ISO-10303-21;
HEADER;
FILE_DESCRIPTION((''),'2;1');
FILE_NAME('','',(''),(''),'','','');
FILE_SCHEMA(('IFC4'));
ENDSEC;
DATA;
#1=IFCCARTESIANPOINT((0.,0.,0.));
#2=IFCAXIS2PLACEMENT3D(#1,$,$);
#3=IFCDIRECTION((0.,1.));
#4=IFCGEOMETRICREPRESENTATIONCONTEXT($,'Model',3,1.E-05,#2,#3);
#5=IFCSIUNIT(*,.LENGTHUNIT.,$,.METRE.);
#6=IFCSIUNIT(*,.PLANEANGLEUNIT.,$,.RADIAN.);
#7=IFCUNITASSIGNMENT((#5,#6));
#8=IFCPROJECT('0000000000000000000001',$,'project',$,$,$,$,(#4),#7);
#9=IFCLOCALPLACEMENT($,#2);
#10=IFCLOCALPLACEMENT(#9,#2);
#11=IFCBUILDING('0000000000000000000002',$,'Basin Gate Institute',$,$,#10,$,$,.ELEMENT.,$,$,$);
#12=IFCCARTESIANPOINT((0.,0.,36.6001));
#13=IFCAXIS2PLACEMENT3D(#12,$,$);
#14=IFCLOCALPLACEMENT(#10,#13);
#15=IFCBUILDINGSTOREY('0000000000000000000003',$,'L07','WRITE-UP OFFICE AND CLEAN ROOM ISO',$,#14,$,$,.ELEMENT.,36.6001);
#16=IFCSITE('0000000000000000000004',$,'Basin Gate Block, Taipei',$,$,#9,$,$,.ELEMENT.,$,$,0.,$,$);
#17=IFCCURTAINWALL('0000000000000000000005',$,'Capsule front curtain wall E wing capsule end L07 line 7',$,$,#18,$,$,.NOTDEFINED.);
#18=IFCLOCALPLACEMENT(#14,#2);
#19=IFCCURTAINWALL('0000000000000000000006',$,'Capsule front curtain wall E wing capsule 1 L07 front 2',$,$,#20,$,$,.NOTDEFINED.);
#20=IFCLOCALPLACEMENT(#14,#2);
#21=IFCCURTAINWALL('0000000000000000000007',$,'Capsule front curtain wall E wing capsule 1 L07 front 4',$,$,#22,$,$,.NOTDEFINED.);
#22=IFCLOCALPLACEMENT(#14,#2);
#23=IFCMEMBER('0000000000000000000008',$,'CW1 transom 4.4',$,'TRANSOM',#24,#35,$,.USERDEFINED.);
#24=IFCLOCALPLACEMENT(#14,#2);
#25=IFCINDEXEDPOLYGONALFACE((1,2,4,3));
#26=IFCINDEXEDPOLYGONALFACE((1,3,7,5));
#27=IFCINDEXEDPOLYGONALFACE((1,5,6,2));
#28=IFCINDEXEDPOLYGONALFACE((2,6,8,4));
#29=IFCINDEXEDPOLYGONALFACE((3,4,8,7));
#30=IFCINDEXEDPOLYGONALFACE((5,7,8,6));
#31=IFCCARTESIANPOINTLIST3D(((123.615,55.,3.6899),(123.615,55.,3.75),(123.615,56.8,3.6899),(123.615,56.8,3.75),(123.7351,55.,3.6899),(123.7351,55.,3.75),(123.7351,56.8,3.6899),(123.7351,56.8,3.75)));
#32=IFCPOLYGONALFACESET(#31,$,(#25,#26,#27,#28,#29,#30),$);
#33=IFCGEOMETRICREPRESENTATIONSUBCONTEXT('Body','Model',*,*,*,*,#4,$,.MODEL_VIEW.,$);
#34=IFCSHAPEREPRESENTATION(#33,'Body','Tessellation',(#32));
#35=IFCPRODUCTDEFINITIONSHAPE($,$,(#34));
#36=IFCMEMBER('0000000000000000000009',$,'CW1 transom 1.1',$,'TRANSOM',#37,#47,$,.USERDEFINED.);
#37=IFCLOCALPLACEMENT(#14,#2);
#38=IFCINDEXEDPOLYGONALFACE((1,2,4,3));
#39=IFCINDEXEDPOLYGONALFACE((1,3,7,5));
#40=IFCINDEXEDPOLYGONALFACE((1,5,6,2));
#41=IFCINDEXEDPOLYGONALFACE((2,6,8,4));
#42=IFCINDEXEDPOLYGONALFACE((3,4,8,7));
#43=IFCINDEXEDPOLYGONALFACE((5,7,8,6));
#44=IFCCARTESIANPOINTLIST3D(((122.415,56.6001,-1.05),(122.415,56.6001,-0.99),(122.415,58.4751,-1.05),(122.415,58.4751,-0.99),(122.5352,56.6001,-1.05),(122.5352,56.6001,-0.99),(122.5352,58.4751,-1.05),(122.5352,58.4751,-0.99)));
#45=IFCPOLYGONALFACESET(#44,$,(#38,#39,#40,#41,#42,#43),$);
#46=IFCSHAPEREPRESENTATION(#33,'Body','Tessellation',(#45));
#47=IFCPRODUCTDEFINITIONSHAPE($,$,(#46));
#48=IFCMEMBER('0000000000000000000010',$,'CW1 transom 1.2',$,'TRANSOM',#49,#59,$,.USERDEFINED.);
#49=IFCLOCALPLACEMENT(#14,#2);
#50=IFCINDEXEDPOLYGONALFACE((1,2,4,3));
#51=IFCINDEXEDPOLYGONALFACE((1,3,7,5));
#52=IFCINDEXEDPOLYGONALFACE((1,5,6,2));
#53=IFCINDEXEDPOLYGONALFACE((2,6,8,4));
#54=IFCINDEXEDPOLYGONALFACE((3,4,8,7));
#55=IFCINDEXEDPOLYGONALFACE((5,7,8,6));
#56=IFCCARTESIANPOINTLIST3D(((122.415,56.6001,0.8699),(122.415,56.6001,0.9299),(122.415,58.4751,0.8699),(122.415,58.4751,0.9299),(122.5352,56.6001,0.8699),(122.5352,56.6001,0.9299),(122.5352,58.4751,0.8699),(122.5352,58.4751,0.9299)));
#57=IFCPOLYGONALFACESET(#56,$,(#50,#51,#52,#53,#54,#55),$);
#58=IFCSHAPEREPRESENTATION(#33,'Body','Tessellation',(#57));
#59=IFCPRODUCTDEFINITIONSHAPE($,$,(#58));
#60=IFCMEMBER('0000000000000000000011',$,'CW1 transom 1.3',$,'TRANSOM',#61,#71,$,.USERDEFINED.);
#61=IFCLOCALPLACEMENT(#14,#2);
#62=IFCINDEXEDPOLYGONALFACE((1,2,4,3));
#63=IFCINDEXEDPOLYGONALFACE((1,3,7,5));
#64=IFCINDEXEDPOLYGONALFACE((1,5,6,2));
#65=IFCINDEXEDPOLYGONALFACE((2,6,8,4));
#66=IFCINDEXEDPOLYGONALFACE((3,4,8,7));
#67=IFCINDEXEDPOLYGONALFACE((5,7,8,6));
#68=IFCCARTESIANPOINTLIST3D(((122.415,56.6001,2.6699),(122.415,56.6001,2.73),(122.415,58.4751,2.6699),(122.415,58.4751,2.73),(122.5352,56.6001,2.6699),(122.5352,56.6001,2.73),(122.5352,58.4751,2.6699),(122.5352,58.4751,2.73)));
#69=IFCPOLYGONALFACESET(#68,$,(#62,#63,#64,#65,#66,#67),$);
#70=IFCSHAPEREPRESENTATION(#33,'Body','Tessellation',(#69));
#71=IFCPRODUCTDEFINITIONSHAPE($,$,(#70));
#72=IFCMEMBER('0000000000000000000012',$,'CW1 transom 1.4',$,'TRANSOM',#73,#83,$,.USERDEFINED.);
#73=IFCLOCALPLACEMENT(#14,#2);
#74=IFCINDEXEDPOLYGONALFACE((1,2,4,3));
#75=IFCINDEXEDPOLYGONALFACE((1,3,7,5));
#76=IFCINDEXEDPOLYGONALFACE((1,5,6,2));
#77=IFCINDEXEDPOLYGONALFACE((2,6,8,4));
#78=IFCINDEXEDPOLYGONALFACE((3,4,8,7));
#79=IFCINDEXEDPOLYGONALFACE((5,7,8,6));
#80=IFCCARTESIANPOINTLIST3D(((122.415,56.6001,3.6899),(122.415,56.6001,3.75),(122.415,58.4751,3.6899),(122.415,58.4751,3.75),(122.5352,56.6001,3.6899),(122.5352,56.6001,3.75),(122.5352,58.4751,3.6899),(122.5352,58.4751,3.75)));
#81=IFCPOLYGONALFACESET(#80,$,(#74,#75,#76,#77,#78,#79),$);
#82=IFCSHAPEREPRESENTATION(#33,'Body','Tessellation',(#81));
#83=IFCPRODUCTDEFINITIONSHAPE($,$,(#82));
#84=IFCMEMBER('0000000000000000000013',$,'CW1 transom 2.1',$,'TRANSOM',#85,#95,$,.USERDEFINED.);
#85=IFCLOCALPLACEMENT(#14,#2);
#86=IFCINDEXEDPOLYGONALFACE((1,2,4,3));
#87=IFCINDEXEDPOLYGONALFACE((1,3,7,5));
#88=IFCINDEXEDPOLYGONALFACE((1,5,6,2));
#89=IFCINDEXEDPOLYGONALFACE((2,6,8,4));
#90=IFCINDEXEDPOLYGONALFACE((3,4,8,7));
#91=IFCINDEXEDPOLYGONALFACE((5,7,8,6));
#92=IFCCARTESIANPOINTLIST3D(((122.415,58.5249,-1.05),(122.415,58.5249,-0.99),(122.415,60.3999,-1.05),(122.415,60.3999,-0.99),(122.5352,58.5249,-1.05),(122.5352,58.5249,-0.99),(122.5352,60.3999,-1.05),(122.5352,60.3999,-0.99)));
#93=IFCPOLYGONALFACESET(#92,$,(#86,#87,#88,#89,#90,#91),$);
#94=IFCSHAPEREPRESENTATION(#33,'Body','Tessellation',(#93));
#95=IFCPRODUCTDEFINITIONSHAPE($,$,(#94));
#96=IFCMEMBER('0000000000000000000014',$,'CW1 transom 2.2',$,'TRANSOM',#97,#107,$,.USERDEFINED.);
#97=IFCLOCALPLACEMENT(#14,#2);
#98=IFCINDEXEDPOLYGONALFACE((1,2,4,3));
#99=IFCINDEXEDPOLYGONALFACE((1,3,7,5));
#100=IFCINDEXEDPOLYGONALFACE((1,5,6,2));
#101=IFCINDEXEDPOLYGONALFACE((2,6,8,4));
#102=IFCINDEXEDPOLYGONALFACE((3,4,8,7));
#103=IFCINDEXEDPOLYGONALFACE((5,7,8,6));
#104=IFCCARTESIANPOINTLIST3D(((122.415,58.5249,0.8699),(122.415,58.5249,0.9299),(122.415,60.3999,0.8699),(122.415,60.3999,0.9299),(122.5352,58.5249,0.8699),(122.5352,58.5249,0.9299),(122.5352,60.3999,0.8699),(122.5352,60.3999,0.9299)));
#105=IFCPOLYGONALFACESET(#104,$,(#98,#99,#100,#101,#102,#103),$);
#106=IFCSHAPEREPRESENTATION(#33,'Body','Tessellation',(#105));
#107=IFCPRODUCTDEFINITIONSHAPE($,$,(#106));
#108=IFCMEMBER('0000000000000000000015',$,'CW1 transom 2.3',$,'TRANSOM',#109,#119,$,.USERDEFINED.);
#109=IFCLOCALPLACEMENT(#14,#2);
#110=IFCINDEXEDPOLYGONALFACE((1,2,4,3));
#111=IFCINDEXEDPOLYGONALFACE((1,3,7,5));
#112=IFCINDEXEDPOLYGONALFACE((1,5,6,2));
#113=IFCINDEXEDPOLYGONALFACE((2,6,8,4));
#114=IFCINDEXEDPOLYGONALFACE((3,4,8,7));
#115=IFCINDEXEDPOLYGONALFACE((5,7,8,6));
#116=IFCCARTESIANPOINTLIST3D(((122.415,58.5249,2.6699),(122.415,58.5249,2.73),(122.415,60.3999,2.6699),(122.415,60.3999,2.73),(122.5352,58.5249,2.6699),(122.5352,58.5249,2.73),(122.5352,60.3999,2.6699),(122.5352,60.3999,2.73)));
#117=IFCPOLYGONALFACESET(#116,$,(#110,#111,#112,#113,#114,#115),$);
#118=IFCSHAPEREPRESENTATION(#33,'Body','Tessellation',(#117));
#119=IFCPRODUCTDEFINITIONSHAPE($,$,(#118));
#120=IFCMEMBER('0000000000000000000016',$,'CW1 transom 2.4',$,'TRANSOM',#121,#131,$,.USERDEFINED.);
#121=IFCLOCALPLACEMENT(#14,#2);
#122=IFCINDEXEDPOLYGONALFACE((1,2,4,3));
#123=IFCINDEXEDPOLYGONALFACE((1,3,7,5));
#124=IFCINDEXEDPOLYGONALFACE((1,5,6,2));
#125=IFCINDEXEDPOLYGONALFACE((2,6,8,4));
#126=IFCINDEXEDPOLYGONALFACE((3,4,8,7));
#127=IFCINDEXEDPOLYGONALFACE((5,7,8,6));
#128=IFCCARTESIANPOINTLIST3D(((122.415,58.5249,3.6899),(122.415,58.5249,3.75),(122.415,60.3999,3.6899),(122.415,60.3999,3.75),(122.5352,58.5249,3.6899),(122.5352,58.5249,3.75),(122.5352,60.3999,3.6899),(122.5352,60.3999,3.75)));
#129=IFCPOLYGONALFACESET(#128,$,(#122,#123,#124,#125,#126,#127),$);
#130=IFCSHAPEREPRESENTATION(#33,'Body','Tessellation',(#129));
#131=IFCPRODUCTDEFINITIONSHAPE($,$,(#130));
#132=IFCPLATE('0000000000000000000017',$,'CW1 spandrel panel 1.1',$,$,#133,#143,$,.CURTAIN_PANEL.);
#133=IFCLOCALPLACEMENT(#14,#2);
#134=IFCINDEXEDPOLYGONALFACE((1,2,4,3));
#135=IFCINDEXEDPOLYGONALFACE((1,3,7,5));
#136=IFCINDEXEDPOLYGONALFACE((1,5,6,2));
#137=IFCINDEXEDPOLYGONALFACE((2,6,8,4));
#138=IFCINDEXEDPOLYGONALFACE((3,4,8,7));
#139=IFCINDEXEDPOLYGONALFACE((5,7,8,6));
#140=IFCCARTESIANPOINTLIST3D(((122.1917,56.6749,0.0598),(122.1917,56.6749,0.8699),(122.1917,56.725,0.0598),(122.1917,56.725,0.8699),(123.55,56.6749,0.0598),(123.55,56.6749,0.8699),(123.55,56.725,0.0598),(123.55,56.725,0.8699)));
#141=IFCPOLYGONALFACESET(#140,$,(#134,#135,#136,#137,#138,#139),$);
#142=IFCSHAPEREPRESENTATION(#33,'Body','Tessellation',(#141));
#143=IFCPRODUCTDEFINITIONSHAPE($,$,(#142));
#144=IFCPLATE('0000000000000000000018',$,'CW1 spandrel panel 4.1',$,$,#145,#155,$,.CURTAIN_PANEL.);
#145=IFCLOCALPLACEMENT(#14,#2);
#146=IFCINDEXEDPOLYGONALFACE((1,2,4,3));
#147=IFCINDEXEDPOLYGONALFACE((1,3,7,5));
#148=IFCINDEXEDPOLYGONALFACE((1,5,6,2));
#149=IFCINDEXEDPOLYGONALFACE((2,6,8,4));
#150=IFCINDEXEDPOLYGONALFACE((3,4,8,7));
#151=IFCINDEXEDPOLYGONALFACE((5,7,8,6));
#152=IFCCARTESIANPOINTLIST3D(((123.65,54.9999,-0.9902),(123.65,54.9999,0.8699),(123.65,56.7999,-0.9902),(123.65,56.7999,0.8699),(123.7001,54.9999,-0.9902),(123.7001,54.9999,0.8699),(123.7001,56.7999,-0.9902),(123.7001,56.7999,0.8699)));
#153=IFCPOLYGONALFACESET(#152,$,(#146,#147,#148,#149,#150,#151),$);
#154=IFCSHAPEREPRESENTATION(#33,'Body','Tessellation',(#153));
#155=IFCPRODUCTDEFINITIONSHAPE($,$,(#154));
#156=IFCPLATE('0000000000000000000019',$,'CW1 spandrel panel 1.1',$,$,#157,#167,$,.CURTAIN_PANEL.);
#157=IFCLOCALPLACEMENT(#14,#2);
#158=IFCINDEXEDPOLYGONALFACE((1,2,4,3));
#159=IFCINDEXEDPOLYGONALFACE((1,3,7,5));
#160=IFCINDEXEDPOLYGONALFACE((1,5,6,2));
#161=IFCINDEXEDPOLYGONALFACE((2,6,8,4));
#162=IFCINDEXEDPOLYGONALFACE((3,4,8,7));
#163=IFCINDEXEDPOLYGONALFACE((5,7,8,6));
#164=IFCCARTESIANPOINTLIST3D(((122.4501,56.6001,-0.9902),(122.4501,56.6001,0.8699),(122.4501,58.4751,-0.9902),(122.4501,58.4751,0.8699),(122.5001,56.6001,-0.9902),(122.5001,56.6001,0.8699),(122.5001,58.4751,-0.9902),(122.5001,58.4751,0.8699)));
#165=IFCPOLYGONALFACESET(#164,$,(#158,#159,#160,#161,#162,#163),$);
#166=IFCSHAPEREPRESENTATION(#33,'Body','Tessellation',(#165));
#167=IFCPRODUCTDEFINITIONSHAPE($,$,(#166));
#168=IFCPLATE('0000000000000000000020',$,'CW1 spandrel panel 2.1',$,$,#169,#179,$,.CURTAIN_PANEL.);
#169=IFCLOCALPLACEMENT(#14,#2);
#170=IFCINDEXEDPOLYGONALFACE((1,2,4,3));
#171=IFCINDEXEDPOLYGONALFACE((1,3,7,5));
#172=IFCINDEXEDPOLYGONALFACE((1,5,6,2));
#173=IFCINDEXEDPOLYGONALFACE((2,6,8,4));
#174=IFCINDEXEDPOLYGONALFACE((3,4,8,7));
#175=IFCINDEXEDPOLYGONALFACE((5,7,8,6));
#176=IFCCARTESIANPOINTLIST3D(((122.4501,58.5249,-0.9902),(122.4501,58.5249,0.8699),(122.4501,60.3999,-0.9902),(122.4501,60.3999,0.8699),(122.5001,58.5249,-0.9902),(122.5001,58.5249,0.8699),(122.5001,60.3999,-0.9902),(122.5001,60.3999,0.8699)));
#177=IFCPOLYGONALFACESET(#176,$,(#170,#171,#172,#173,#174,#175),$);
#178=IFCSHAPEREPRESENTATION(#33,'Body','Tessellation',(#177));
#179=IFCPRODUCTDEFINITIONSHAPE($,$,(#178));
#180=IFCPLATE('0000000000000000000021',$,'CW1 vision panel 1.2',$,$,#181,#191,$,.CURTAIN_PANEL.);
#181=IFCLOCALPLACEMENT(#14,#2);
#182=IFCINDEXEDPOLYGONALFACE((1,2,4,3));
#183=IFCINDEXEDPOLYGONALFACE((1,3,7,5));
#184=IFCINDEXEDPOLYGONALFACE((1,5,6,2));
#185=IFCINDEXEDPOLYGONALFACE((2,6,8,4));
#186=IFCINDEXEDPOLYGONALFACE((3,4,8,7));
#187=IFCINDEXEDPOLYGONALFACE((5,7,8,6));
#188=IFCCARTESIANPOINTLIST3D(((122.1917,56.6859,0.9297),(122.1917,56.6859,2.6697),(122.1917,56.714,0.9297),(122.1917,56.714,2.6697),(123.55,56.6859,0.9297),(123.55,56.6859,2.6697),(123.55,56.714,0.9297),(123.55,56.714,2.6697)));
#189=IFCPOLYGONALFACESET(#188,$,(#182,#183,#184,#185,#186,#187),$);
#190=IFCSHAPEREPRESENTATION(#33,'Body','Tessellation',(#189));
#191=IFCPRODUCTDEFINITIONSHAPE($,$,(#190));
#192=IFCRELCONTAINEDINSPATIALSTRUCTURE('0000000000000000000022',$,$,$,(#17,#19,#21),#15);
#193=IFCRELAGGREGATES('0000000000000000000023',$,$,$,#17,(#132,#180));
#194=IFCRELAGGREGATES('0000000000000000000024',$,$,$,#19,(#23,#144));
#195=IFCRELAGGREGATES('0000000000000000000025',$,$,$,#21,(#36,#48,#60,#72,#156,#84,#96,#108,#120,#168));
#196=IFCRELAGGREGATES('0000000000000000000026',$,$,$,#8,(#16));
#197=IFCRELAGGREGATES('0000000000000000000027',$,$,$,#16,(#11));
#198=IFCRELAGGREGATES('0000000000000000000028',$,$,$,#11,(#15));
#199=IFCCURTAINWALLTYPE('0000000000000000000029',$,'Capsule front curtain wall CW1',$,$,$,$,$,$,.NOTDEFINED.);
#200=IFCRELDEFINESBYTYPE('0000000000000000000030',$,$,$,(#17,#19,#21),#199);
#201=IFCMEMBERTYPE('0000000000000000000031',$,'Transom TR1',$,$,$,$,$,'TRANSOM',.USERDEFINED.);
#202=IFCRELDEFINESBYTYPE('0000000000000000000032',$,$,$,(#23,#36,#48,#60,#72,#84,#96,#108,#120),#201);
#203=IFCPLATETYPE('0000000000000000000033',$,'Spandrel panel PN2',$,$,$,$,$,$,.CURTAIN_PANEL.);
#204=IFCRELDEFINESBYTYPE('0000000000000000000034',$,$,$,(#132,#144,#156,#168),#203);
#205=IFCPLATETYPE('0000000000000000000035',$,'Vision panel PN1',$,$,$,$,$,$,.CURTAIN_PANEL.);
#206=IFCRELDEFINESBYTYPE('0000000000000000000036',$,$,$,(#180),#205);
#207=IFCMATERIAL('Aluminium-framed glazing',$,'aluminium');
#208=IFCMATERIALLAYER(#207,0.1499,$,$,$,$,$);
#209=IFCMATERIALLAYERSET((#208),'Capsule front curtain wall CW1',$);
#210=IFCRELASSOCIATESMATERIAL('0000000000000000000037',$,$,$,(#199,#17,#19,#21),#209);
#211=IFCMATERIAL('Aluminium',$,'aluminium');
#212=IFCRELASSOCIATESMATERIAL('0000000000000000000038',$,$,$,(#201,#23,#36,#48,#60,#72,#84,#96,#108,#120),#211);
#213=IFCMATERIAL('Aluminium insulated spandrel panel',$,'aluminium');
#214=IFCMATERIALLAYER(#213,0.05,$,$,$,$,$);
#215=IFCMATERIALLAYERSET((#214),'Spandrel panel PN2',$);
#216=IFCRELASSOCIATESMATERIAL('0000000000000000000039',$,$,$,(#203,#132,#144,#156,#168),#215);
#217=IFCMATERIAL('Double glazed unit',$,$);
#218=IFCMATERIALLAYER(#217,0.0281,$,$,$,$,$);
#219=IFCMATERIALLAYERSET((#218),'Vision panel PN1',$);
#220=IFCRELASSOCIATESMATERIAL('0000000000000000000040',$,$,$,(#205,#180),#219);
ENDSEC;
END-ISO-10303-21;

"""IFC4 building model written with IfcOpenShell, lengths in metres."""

from ifc_helpers import new_model, si_unit, direction, frame, origin, origin_2d, place, context, subcontext, project, spatial, rectangle, extrude, material, layer, layer_set, material_profile, profile_set, type_object, element, aggregate, save


model = new_model("IFC4")

# Units and contexts
model_context = context("Model", 3, precision=1e-05, world=origin(), true_north=direction((0.0, 1.0)))
body_context = subcontext(model_context, "Body", "Model", "MODEL_VIEW")
ifc_project = project(units=[si_unit("LENGTHUNIT", "METRE"), si_unit("PLANEANGLEUNIT", "RADIAN")], contexts=[model_context])

# Site, building, storey
site_placement = place(None, origin())
site = spatial("IfcSite", under=ifc_project, at=site_placement, Name="Basin Gate Block, Taipei", CompositionType="ELEMENT", RefElevation=0.0)
building_placement = place(site_placement, origin())
building = spatial("IfcBuilding", under=site, at=building_placement, Name="Basin Gate Institute", CompositionType="ELEMENT")
storey_placement = place(building_placement, frame((0.0, 0.0, 36.6001)))
storey = spatial("IfcBuildingStorey", under=building, at=storey_placement, Name="L07", Description="WRITE-UP OFFICE AND CLEAN ROOM ISO", CompositionType="ELEMENT", Elevation=36.6001)

# Curtain wall
ifc_material_1 = material(Name="Aluminium-framed glazing", Category="aluminium")
ifc_layer_1 = layer(ifc_material_1, 0.1499)
ifc_layer_set_1 = layer_set([ifc_layer_1], Name="Capsule front curtain wall CW1")
curtain_wall_type = type_object("IfcCurtainWallType", Name="Capsule front curtain wall CW1", PredefinedType="NOTDEFINED", material=ifc_layer_set_1)
curtain_wall_1_placement = place(storey_placement, origin())
curtain_wall_1 = element("IfcCurtainWall", 1, at=curtain_wall_1_placement, inside=storey, type_object=curtain_wall_type, material=ifc_layer_set_1, Name="Capsule front curtain wall E wing capsule end L07 line 7", PredefinedType="NOTDEFINED")

# Curtain wall
curtain_wall_2_placement = place(storey_placement, origin())
curtain_wall_2 = element("IfcCurtainWall", 2, at=curtain_wall_2_placement, inside=storey, type_object=curtain_wall_type, material=ifc_layer_set_1, Name="Capsule front curtain wall E wing capsule 1 L07 front 2", PredefinedType="NOTDEFINED")

# Curtain wall
curtain_wall_3_placement = place(storey_placement, origin())
curtain_wall_3 = element("IfcCurtainWall", 3, at=curtain_wall_3_placement, inside=storey, type_object=curtain_wall_type, material=ifc_layer_set_1, Name="Capsule front curtain wall E wing capsule 1 L07 front 4", PredefinedType="NOTDEFINED")

# Members
ifc_material_2 = material(Name="Aluminium", Category="aluminium")
ifc_material_profile_1 = material_profile(ifc_material_2, rectangle(XDim=0.1201, YDim=0.0601, at=origin_2d()), Name="Transom TR1 120 x 60")
ifc_profile_set_1 = profile_set([ifc_material_profile_1], Name="Aluminium")
member_type_1 = type_object("IfcMemberType", Name="Transom TR1", ElementType="TRANSOM", PredefinedType="USERDEFINED", material=ifc_profile_set_1)
member_1_placement = place(storey_placement, frame((123.675, 55.0, 3.72), z_axis=(0.0, 1.0, 0.0), x_axis=(-1.0, 0.0, 0.0)))
member_1 = element("IfcMember", 4, at=member_1_placement, type_object=member_type_1, material=ifc_profile_set_1, Name="CW1 transom 4.4", ObjectType="TRANSOM", PredefinedType="USERDEFINED", context=body_context, shape_type="SweptSolid", body=[
    extrude(rectangle(XDim=0.1201, YDim=0.0601, at=origin_2d()), origin(), (0.0, 0.0, 1.0), 1.8),
])
member_2_placement = place(storey_placement, frame((122.4751, 56.6001, -1.02), z_axis=(0.0, 1.0, 0.0), x_axis=(-1.0, 0.0, 0.0)))
member_2 = element("IfcMember", 5, at=member_2_placement, type_object=member_type_1, material=ifc_profile_set_1, Name="CW1 transom 1.1", ObjectType="TRANSOM", PredefinedType="USERDEFINED", context=body_context, shape_type="SweptSolid", body=[
    extrude(rectangle(XDim=0.1201, YDim=0.0601, at=origin_2d()), origin(), (0.0, 0.0, 1.0), 1.875),
])
member_3_placement = place(storey_placement, frame((122.4751, 56.6001, 0.8999), z_axis=(0.0, 1.0, 0.0), x_axis=(-1.0, 0.0, 0.0)))
member_3 = element("IfcMember", 6, at=member_3_placement, type_object=member_type_1, material=ifc_profile_set_1, Name="CW1 transom 1.2", ObjectType="TRANSOM", PredefinedType="USERDEFINED", context=body_context, shape_type="SweptSolid", body=[
    extrude(rectangle(XDim=0.1201, YDim=0.0601, at=origin_2d()), origin(), (0.0, 0.0, 1.0), 1.875),
])
member_4_placement = place(storey_placement, frame((122.4751, 56.6001, 2.7), z_axis=(0.0, 1.0, 0.0), x_axis=(-1.0, 0.0, 0.0)))
member_4 = element("IfcMember", 7, at=member_4_placement, type_object=member_type_1, material=ifc_profile_set_1, Name="CW1 transom 1.3", ObjectType="TRANSOM", PredefinedType="USERDEFINED", context=body_context, shape_type="SweptSolid", body=[
    extrude(rectangle(XDim=0.1201, YDim=0.0601, at=origin_2d()), origin(), (0.0, 0.0, 1.0), 1.875),
])
member_5_placement = place(storey_placement, frame((122.4751, 56.6001, 3.72), z_axis=(0.0, 1.0, 0.0), x_axis=(-1.0, 0.0, 0.0)))
member_5 = element("IfcMember", 8, at=member_5_placement, type_object=member_type_1, material=ifc_profile_set_1, Name="CW1 transom 1.4", ObjectType="TRANSOM", PredefinedType="USERDEFINED", context=body_context, shape_type="SweptSolid", body=[
    extrude(rectangle(XDim=0.1201, YDim=0.0601, at=origin_2d()), origin(), (0.0, 0.0, 1.0), 1.875),
])
member_6_placement = place(storey_placement, frame((122.4751, 58.5249, -1.02), z_axis=(0.0, 1.0, 0.0), x_axis=(-1.0, 0.0, 0.0)))
member_6 = element("IfcMember", 9, at=member_6_placement, type_object=member_type_1, material=ifc_profile_set_1, Name="CW1 transom 2.1", ObjectType="TRANSOM", PredefinedType="USERDEFINED", context=body_context, shape_type="SweptSolid", body=[
    extrude(rectangle(XDim=0.1201, YDim=0.0601, at=origin_2d()), origin(), (0.0, 0.0, 1.0), 1.875),
])
member_7_placement = place(storey_placement, frame((122.4751, 58.5249, 0.8999), z_axis=(0.0, 1.0, 0.0), x_axis=(-1.0, 0.0, 0.0)))
member_7 = element("IfcMember", 10, at=member_7_placement, type_object=member_type_1, material=ifc_profile_set_1, Name="CW1 transom 2.2", ObjectType="TRANSOM", PredefinedType="USERDEFINED", context=body_context, shape_type="SweptSolid", body=[
    extrude(rectangle(XDim=0.1201, YDim=0.0601, at=origin_2d()), origin(), (0.0, 0.0, 1.0), 1.875),
])
member_8_placement = place(storey_placement, frame((122.4751, 58.5249, 2.7), z_axis=(0.0, 1.0, 0.0), x_axis=(-1.0, 0.0, 0.0)))
member_8 = element("IfcMember", 11, at=member_8_placement, type_object=member_type_1, material=ifc_profile_set_1, Name="CW1 transom 2.3", ObjectType="TRANSOM", PredefinedType="USERDEFINED", context=body_context, shape_type="SweptSolid", body=[
    extrude(rectangle(XDim=0.1201, YDim=0.0601, at=origin_2d()), origin(), (0.0, 0.0, 1.0), 1.875),
])
member_9_placement = place(storey_placement, frame((122.4751, 58.5249, 3.72), z_axis=(0.0, 1.0, 0.0), x_axis=(-1.0, 0.0, 0.0)))
member_9 = element("IfcMember", 12, at=member_9_placement, type_object=member_type_1, material=ifc_profile_set_1, Name="CW1 transom 2.4", ObjectType="TRANSOM", PredefinedType="USERDEFINED", context=body_context, shape_type="SweptSolid", body=[
    extrude(rectangle(XDim=0.1201, YDim=0.0601, at=origin_2d()), origin(), (0.0, 0.0, 1.0), 1.875),
])

# Plates
ifc_material_3 = material(Name="Aluminium insulated spandrel panel", Category="aluminium")
ifc_layer_2 = layer(ifc_material_3, 0.05)
ifc_layer_set_2 = layer_set([ifc_layer_2], Name="Spandrel panel PN2")
plate_type_1 = type_object("IfcPlateType", Name="Spandrel panel PN2", PredefinedType="CURTAIN_PANEL", material=ifc_layer_set_2)
plate_1_placement = place(storey_placement, frame((122.8708, 56.7, 0.0598), z_axis=(0.0, 0.0, 1.0), x_axis=(-1.0, 0.0, 0.0)))
plate_1 = element("IfcPlate", 13, at=plate_1_placement, type_object=plate_type_1, material=ifc_layer_set_2, Name="CW1 spandrel panel 1.1", PredefinedType="CURTAIN_PANEL", context=body_context, shape_type="SweptSolid", body=[
    extrude(rectangle(XDim=1.3584, YDim=0.05, at=origin_2d()), origin(), (0.0, 0.0, 1.0), 0.8101),
])
plate_2_placement = place(storey_placement, frame((123.675, 55.8999, -0.9902), z_axis=(0.0, 0.0, 1.0), x_axis=(0.0, 1.0, 0.0)))
plate_2 = element("IfcPlate", 14, at=plate_2_placement, type_object=plate_type_1, material=ifc_layer_set_2, Name="CW1 spandrel panel 4.1", PredefinedType="CURTAIN_PANEL", context=body_context, shape_type="SweptSolid", body=[
    extrude(rectangle(XDim=1.8, YDim=0.05, at=origin_2d()), origin(), (0.0, 0.0, 1.0), 1.8601),
])
plate_3_placement = place(storey_placement, frame((122.4751, 57.5376, -0.9902), z_axis=(0.0, 0.0, 1.0), x_axis=(0.0, 1.0, 0.0)))
plate_3 = element("IfcPlate", 15, at=plate_3_placement, type_object=plate_type_1, material=ifc_layer_set_2, Name="CW1 spandrel panel 1.1", PredefinedType="CURTAIN_PANEL", context=body_context, shape_type="SweptSolid", body=[
    extrude(rectangle(XDim=1.875, YDim=0.05, at=origin_2d()), origin(), (0.0, 0.0, 1.0), 1.8601),
])
plate_4_placement = place(storey_placement, frame((122.4751, 59.4624, -0.9902), z_axis=(0.0, 0.0, 1.0), x_axis=(0.0, 1.0, 0.0)))
plate_4 = element("IfcPlate", 16, at=plate_4_placement, type_object=plate_type_1, material=ifc_layer_set_2, Name="CW1 spandrel panel 2.1", PredefinedType="CURTAIN_PANEL", context=body_context, shape_type="SweptSolid", body=[
    extrude(rectangle(XDim=1.875, YDim=0.05, at=origin_2d()), origin(), (0.0, 0.0, 1.0), 1.8601),
])
ifc_material_4 = material(Name="Double glazed unit")
ifc_layer_3 = layer(ifc_material_4, 0.0281)
ifc_layer_set_3 = layer_set([ifc_layer_3], Name="Vision panel PN1")
plate_type_2 = type_object("IfcPlateType", Name="Vision panel PN1", PredefinedType="CURTAIN_PANEL", material=ifc_layer_set_3)
plate_5_placement = place(storey_placement, frame((122.8708, 56.7, 0.9297), z_axis=(0.0, 0.0, 1.0), x_axis=(-1.0, 0.0, 0.0)))
plate_5 = element("IfcPlate", 17, at=plate_5_placement, type_object=plate_type_2, material=ifc_layer_set_3, Name="CW1 vision panel 1.2", PredefinedType="CURTAIN_PANEL", context=body_context, shape_type="SweptSolid", body=[
    extrude(rectangle(XDim=1.3584, YDim=0.0281, at=origin_2d()), origin(), (0.0, 0.0, 1.0), 1.74),
])
aggregate(curtain_wall_1, [plate_1, plate_5])
aggregate(curtain_wall_2, [member_1, plate_2])
aggregate(curtain_wall_3, [member_2, member_3, member_4, member_5, plate_3, member_6, member_7, member_8, member_9, plate_4])

save(model, "model.ifc")
